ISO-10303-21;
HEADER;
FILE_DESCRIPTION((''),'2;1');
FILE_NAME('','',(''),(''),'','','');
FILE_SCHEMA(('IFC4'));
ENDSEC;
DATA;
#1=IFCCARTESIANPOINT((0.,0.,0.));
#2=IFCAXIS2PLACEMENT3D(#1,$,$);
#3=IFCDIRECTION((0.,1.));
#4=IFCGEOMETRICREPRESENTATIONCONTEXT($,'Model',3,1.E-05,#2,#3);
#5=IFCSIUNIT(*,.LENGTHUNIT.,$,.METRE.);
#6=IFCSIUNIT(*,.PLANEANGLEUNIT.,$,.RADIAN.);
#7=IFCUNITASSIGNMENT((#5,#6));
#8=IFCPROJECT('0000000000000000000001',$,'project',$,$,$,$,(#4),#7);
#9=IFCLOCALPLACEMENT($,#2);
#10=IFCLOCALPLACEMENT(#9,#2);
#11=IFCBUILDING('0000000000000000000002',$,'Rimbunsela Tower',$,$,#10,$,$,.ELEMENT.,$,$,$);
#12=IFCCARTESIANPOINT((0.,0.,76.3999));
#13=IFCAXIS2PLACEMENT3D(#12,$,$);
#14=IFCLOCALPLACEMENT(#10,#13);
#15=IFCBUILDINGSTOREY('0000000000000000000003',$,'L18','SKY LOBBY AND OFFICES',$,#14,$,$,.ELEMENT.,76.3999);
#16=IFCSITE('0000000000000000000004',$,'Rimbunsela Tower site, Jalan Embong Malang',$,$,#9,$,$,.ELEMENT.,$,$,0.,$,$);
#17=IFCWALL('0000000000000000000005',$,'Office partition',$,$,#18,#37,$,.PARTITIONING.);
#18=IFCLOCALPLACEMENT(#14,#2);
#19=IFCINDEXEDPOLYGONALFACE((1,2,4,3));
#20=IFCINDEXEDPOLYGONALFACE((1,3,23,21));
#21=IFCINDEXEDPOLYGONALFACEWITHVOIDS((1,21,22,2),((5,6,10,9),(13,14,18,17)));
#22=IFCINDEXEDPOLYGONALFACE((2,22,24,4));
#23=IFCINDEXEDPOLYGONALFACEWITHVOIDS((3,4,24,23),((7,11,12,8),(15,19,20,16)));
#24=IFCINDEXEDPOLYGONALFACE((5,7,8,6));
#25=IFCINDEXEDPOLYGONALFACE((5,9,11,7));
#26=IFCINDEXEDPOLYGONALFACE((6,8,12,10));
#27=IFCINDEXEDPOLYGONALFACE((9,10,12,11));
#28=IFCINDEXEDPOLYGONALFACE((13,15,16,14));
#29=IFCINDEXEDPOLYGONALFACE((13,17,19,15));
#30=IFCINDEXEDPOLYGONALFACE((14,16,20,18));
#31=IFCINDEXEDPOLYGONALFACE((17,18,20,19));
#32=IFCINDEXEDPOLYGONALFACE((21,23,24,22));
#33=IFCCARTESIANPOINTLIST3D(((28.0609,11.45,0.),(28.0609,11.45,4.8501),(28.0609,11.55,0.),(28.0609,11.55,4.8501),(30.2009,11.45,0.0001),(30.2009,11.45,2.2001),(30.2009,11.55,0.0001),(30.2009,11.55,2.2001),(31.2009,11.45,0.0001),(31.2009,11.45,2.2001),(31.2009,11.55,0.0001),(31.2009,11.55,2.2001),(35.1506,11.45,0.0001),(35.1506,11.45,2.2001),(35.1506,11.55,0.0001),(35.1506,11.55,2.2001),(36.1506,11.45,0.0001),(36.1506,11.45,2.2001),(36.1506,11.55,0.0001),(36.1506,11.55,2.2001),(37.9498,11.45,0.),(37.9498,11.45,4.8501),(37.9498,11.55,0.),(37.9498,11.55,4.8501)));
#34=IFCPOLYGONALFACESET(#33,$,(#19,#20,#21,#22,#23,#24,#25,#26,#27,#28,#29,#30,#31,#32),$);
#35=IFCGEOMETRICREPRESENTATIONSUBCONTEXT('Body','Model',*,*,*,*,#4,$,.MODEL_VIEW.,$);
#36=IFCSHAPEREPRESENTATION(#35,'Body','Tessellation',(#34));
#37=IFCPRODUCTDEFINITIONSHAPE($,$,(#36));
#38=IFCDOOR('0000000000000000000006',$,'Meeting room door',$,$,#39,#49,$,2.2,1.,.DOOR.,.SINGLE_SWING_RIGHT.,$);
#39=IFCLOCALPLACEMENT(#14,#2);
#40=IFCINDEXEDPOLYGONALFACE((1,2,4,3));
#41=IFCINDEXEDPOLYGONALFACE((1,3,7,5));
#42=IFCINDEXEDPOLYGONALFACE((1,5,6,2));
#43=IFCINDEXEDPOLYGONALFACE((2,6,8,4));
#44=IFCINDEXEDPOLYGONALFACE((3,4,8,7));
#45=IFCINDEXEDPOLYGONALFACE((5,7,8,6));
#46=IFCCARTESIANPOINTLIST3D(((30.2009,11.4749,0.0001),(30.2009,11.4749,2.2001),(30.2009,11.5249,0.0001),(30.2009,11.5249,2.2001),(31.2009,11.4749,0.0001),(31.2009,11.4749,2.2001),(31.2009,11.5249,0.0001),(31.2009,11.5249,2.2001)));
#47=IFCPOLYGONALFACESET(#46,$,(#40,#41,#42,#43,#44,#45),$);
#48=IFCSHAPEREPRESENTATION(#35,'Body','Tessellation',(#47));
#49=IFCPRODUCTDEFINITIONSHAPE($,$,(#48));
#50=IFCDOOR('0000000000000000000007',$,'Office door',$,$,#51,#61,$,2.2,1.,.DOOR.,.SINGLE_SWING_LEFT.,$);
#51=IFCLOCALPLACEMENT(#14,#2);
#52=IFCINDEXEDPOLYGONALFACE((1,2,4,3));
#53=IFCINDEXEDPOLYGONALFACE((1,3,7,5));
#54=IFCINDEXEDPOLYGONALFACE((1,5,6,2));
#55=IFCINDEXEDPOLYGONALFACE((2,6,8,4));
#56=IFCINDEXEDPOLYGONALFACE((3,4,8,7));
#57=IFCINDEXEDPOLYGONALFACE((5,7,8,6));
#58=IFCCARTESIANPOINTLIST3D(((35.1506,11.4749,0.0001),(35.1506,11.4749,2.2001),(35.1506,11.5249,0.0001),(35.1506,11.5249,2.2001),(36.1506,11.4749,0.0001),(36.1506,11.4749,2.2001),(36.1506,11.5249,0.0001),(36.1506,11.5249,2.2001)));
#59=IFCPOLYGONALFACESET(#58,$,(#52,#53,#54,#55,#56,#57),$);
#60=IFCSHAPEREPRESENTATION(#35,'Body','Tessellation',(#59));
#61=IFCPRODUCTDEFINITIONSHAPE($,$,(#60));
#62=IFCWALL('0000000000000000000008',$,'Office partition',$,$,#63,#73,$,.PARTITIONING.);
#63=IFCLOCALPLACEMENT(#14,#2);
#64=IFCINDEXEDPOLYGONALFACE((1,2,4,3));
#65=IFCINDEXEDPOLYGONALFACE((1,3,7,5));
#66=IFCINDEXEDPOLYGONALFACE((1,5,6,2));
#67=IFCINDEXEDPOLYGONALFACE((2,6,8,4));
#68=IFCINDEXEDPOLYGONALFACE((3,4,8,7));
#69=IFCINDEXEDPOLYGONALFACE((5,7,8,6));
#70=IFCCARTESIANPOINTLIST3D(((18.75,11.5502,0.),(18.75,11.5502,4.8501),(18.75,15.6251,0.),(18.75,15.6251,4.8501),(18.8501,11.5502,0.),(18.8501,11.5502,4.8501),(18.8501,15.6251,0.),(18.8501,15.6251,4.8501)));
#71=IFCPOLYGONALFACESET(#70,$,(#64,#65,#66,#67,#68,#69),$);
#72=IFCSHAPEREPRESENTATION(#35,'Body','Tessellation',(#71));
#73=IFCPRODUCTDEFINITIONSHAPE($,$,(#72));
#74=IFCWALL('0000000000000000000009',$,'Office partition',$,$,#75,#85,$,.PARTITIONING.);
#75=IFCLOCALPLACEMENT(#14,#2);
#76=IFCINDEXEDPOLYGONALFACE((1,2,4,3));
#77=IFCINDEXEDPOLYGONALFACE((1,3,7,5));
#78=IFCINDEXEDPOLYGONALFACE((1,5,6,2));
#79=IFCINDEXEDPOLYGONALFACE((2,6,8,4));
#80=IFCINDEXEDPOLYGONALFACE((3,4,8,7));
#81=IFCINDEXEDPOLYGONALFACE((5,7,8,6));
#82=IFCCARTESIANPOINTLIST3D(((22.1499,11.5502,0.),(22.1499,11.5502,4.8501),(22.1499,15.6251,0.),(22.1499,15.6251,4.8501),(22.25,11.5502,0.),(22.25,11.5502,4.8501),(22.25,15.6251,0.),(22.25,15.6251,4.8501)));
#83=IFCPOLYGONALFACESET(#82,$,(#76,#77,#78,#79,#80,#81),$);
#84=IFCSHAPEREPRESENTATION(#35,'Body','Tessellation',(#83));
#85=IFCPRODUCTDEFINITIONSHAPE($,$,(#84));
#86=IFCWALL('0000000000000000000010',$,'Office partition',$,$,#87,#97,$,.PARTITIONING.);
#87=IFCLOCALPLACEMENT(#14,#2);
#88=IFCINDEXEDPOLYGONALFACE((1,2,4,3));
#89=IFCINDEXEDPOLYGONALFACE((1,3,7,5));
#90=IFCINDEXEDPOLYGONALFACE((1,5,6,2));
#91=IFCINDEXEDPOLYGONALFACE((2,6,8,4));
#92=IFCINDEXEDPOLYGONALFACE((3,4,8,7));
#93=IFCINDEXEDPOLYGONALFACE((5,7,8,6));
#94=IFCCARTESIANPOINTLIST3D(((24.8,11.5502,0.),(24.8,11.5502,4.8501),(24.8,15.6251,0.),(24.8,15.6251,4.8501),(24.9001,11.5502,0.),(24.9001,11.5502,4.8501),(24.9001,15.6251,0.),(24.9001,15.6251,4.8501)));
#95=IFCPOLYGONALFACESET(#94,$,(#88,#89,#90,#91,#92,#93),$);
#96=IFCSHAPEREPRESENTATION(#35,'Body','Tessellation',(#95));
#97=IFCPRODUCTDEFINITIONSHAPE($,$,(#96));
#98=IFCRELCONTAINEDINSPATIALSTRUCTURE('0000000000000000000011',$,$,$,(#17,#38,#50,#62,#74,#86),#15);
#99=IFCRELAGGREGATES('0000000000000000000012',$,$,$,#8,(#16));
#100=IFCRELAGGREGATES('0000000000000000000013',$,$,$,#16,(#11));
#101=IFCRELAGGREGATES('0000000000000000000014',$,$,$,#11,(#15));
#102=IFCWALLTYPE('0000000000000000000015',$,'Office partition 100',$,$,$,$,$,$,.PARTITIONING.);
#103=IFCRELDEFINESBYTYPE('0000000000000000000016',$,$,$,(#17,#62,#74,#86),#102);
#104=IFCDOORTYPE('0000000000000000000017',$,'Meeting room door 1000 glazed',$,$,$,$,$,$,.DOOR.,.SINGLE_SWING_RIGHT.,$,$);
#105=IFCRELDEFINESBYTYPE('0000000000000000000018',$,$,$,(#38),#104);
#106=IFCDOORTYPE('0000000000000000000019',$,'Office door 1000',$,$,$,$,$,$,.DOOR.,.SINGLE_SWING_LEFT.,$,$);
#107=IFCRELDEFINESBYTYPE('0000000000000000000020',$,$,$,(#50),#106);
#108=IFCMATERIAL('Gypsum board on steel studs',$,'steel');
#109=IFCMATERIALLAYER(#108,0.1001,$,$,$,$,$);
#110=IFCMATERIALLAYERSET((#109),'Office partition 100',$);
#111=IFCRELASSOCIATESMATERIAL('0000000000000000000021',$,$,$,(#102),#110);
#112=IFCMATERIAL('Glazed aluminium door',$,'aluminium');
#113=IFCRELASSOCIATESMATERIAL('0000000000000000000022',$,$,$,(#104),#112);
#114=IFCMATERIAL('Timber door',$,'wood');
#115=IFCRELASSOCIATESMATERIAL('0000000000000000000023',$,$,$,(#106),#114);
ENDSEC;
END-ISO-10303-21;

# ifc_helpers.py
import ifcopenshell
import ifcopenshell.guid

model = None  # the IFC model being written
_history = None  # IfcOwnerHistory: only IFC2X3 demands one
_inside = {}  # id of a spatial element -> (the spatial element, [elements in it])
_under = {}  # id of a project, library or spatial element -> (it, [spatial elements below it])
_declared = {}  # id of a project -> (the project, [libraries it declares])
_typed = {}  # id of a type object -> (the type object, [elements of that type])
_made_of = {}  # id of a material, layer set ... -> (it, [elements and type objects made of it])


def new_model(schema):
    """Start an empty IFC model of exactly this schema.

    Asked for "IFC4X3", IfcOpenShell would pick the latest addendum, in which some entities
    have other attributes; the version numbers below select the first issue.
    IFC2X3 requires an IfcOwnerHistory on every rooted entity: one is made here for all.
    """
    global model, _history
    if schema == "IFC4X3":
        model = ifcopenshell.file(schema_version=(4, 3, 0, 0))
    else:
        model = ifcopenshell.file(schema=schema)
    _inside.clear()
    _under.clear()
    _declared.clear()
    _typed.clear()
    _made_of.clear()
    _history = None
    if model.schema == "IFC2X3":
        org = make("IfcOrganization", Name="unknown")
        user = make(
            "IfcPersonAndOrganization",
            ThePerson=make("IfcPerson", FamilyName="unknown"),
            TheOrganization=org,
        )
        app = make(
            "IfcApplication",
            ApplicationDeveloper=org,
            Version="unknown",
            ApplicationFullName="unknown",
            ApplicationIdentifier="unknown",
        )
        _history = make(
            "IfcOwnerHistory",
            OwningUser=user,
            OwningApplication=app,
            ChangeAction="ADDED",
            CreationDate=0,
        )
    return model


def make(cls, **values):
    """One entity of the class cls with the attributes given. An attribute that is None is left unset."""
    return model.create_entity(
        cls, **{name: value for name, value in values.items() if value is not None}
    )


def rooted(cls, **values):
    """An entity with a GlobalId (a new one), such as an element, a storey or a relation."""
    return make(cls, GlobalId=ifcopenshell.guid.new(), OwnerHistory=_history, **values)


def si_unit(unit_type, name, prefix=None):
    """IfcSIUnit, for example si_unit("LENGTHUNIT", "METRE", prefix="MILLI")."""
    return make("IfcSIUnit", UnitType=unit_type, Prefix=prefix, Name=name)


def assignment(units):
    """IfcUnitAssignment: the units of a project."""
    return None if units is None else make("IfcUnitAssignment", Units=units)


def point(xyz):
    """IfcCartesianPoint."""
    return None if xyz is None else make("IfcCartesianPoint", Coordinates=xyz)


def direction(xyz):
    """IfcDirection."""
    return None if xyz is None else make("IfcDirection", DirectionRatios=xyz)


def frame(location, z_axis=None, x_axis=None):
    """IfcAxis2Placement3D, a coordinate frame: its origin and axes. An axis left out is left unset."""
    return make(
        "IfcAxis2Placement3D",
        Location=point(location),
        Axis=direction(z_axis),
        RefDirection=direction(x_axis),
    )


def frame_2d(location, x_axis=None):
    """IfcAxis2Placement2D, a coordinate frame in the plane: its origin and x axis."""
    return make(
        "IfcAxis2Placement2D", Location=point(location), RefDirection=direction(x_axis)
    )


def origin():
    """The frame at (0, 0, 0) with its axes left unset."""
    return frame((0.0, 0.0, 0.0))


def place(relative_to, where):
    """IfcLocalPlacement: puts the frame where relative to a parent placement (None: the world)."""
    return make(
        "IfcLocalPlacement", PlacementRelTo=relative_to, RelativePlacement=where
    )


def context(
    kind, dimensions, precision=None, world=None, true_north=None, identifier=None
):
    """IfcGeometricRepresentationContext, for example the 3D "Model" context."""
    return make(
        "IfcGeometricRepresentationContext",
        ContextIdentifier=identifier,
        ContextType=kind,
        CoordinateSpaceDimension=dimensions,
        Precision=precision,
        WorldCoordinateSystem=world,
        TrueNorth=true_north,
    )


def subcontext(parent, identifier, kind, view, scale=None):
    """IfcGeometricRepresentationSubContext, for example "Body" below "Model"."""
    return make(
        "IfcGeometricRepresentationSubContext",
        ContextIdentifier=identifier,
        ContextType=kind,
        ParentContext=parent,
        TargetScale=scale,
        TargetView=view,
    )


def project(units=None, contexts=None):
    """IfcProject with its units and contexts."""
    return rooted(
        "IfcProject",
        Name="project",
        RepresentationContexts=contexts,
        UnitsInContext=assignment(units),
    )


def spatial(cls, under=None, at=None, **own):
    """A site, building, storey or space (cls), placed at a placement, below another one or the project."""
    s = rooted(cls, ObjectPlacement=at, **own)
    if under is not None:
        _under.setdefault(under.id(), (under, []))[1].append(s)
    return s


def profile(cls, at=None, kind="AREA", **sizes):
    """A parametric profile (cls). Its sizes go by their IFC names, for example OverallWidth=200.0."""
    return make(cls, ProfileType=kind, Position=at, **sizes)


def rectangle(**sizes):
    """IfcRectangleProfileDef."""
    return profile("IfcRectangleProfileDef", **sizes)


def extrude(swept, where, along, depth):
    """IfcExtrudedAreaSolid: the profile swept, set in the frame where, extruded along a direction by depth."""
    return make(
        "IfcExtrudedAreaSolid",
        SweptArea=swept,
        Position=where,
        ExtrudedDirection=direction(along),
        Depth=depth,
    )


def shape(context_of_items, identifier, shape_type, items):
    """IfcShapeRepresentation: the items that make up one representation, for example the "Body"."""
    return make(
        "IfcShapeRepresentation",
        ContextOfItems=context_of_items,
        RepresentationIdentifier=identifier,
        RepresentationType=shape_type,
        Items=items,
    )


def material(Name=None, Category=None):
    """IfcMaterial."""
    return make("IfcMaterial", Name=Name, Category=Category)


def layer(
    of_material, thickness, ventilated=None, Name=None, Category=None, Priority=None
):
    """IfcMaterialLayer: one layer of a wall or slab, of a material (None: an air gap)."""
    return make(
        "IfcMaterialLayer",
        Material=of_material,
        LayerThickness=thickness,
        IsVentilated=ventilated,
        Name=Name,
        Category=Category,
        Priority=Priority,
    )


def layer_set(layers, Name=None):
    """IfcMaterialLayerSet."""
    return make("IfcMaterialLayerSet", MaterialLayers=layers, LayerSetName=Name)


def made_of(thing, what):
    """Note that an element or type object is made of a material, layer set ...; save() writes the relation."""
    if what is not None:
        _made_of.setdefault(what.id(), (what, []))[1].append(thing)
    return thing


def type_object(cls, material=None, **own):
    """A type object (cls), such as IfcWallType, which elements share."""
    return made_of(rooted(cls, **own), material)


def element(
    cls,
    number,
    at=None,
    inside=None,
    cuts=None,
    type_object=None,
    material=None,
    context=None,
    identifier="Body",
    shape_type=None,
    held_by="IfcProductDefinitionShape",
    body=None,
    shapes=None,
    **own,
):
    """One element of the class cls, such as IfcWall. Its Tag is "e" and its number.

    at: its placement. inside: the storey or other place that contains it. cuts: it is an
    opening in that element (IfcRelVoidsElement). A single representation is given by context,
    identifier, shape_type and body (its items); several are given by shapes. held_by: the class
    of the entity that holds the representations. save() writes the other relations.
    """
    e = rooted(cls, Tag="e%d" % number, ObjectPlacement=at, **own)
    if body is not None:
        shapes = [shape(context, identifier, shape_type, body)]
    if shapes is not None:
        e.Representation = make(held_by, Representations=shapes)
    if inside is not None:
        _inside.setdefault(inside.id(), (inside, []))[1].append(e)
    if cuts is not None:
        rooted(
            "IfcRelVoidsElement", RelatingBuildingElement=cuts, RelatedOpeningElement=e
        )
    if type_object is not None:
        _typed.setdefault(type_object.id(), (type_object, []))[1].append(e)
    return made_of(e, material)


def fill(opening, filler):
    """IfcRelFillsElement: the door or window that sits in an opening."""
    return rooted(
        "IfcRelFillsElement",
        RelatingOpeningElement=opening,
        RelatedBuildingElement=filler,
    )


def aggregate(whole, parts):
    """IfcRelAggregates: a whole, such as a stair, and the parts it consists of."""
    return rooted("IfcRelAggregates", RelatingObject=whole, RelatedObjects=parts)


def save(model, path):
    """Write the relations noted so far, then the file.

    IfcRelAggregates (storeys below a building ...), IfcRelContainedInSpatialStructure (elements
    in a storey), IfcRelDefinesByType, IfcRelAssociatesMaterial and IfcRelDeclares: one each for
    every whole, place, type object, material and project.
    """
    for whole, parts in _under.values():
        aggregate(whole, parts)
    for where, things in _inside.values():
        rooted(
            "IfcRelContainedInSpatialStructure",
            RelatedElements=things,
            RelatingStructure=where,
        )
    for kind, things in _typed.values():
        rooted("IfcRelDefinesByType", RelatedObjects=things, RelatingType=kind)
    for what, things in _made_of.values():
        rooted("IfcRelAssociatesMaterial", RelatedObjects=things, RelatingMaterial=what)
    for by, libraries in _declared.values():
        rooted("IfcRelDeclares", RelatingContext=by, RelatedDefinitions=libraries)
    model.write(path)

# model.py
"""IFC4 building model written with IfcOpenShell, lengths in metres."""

from ifc_helpers import new_model, si_unit, direction, frame, frame_2d, origin, place, context, subcontext, project, spatial, rectangle, extrude, material, layer, layer_set, type_object, element, fill, save


model = new_model("IFC4")

# Units and contexts
model_context = context("Model", 3, precision=1e-05, world=origin(), true_north=direction((0.0, 1.0)))
body_context = subcontext(model_context, "Body", "Model", "MODEL_VIEW")
ifc_project = project(units=[si_unit("LENGTHUNIT", "METRE"), si_unit("PLANEANGLEUNIT", "RADIAN")], contexts=[model_context])

# Site, building, storey
site_placement = place(None, origin())
site = spatial("IfcSite", under=ifc_project, at=site_placement, Name="Rimbunsela Tower site, Jalan Embong Malang", CompositionType="ELEMENT", RefElevation=0.0)
building_placement = place(site_placement, origin())
building = spatial("IfcBuilding", under=site, at=building_placement, Name="Rimbunsela Tower", CompositionType="ELEMENT")
storey_placement = place(building_placement, frame((0.0, 0.0, 76.3999)))
storey = spatial("IfcBuildingStorey", under=building, at=storey_placement, Name="L18", Description="SKY LOBBY AND OFFICES", CompositionType="ELEMENT", Elevation=76.3999)

# Wall, openings, doors
ifc_material_1 = material(Name="Gypsum board on steel studs", Category="steel")
ifc_layer_1 = layer(ifc_material_1, 0.1001)
ifc_layer_set_1 = layer_set([ifc_layer_1], Name="Office partition 100")
wall_type_1 = type_object("IfcWallType", Name="Office partition 100", PredefinedType="PARTITIONING", material=ifc_layer_set_1)
wall_1_placement = place(storey_placement, frame((28.061, 11.5, 0.0), z_axis=(0.0, 0.0, 1.0), x_axis=(1.0, 0.0, 0.0)))
wall_1 = element("IfcWall", 1, at=wall_1_placement, inside=storey, type_object=wall_type_1, Name="Office partition", PredefinedType="PARTITIONING", context=body_context, shape_type="SweptSolid", body=[
    extrude(rectangle(XDim=9.8889, YDim=0.1001, at=frame_2d((4.9443, 0.0))), origin(), (0.0, 0.0, 1.0), 4.8501),
])
opening_1_placement = place(wall_1_placement, frame((2.1399, 0.0, 0.0)))
opening_1 = element("IfcOpeningElement", 2, at=opening_1_placement, cuts=wall_1, PredefinedType="OPENING", context=body_context, shape_type="SweptSolid", body=[
    extrude(rectangle(XDim=1.0, YDim=2.2, at=frame_2d((0.5, 1.1001))), frame((0.0, 0.0601, 0.0), z_axis=(0.0, -1.0, 0.0), x_axis=(1.0, 0.0, 0.0)), (0.0, 0.0, 1.0), 0.1201),
])
opening_2_placement = place(wall_1_placement, frame((7.0896, 0.0, 0.0)))
opening_2 = element("IfcOpeningElement", 3, at=opening_2_placement, cuts=wall_1, PredefinedType="OPENING", context=body_context, shape_type="SweptSolid", body=[
    extrude(rectangle(XDim=1.0, YDim=2.2, at=frame_2d((0.5, 1.1001))), frame((0.0, 0.0601, 0.0), z_axis=(0.0, -1.0, 0.0), x_axis=(1.0, 0.0, 0.0)), (0.0, 0.0, 1.0), 0.1201),
])
ifc_material_2 = material(Name="Glazed aluminium door", Category="aluminium")
door_type_1 = type_object("IfcDoorType", Name="Meeting room door 1000 glazed", OperationType="SINGLE_SWING_RIGHT", PredefinedType="DOOR", material=ifc_material_2)
door_1_placement = place(opening_1_placement, origin())
door_1 = element("IfcDoor", 4, at=door_1_placement, inside=storey, type_object=door_type_1, Name="Meeting room door", OperationType="SINGLE_SWING_RIGHT", OverallHeight=2.2, OverallWidth=1.0, PredefinedType="DOOR", context=body_context, shape_type="SweptSolid", body=[
    extrude(rectangle(XDim=1.0, YDim=2.2, at=frame_2d((0.5, 1.1001))), frame((0.0, 0.0249, 0.0), z_axis=(0.0, -1.0, 0.0), x_axis=(1.0, 0.0, 0.0)), (0.0, 0.0, 1.0), 0.05),
])
fill(opening_1, door_1)
ifc_material_3 = material(Name="Timber door", Category="wood")
door_type_2 = type_object("IfcDoorType", Name="Office door 1000", OperationType="SINGLE_SWING_LEFT", PredefinedType="DOOR", material=ifc_material_3)
door_2_placement = place(opening_2_placement, origin())
door_2 = element("IfcDoor", 5, at=door_2_placement, inside=storey, type_object=door_type_2, Name="Office door", OperationType="SINGLE_SWING_LEFT", OverallHeight=2.2, OverallWidth=1.0, PredefinedType="DOOR", context=body_context, shape_type="SweptSolid", body=[
    extrude(rectangle(XDim=1.0, YDim=2.2, at=frame_2d((0.5, 1.1001))), frame((0.0, 0.0249, 0.0), z_axis=(0.0, -1.0, 0.0), x_axis=(1.0, 0.0, 0.0)), (0.0, 0.0, 1.0), 0.05),
])
fill(opening_2, door_2)

# Walls
for number, where, z_axis, x_axis, name in (
    (6, (18.8, 11.55, 0.0), (0.0, 0.0, 1.0), (0.0, 1.0, 0.0), "Office partition"),
    (7, (22.2, 11.55, 0.0), (0.0, 0.0, 1.0), (0.0, 1.0, 0.0), "Office partition"),
    (8, (24.8501, 11.55, 0.0), (0.0, 0.0, 1.0), (0.0, 1.0, 0.0), "Office partition"),
):
    element("IfcWall", number, at=place(storey_placement, frame(where, z_axis=z_axis, x_axis=x_axis)), inside=storey, type_object=wall_type_1, Name=name, PredefinedType="PARTITIONING", context=body_context, shape_type="SweptSolid", body=[
        extrude(rectangle(XDim=4.075, YDim=0.1001, at=frame_2d((2.0376, 0.0))), origin(), (0.0, 0.0, 1.0), 4.8501),
    ])

save(model, "model.ifc")
